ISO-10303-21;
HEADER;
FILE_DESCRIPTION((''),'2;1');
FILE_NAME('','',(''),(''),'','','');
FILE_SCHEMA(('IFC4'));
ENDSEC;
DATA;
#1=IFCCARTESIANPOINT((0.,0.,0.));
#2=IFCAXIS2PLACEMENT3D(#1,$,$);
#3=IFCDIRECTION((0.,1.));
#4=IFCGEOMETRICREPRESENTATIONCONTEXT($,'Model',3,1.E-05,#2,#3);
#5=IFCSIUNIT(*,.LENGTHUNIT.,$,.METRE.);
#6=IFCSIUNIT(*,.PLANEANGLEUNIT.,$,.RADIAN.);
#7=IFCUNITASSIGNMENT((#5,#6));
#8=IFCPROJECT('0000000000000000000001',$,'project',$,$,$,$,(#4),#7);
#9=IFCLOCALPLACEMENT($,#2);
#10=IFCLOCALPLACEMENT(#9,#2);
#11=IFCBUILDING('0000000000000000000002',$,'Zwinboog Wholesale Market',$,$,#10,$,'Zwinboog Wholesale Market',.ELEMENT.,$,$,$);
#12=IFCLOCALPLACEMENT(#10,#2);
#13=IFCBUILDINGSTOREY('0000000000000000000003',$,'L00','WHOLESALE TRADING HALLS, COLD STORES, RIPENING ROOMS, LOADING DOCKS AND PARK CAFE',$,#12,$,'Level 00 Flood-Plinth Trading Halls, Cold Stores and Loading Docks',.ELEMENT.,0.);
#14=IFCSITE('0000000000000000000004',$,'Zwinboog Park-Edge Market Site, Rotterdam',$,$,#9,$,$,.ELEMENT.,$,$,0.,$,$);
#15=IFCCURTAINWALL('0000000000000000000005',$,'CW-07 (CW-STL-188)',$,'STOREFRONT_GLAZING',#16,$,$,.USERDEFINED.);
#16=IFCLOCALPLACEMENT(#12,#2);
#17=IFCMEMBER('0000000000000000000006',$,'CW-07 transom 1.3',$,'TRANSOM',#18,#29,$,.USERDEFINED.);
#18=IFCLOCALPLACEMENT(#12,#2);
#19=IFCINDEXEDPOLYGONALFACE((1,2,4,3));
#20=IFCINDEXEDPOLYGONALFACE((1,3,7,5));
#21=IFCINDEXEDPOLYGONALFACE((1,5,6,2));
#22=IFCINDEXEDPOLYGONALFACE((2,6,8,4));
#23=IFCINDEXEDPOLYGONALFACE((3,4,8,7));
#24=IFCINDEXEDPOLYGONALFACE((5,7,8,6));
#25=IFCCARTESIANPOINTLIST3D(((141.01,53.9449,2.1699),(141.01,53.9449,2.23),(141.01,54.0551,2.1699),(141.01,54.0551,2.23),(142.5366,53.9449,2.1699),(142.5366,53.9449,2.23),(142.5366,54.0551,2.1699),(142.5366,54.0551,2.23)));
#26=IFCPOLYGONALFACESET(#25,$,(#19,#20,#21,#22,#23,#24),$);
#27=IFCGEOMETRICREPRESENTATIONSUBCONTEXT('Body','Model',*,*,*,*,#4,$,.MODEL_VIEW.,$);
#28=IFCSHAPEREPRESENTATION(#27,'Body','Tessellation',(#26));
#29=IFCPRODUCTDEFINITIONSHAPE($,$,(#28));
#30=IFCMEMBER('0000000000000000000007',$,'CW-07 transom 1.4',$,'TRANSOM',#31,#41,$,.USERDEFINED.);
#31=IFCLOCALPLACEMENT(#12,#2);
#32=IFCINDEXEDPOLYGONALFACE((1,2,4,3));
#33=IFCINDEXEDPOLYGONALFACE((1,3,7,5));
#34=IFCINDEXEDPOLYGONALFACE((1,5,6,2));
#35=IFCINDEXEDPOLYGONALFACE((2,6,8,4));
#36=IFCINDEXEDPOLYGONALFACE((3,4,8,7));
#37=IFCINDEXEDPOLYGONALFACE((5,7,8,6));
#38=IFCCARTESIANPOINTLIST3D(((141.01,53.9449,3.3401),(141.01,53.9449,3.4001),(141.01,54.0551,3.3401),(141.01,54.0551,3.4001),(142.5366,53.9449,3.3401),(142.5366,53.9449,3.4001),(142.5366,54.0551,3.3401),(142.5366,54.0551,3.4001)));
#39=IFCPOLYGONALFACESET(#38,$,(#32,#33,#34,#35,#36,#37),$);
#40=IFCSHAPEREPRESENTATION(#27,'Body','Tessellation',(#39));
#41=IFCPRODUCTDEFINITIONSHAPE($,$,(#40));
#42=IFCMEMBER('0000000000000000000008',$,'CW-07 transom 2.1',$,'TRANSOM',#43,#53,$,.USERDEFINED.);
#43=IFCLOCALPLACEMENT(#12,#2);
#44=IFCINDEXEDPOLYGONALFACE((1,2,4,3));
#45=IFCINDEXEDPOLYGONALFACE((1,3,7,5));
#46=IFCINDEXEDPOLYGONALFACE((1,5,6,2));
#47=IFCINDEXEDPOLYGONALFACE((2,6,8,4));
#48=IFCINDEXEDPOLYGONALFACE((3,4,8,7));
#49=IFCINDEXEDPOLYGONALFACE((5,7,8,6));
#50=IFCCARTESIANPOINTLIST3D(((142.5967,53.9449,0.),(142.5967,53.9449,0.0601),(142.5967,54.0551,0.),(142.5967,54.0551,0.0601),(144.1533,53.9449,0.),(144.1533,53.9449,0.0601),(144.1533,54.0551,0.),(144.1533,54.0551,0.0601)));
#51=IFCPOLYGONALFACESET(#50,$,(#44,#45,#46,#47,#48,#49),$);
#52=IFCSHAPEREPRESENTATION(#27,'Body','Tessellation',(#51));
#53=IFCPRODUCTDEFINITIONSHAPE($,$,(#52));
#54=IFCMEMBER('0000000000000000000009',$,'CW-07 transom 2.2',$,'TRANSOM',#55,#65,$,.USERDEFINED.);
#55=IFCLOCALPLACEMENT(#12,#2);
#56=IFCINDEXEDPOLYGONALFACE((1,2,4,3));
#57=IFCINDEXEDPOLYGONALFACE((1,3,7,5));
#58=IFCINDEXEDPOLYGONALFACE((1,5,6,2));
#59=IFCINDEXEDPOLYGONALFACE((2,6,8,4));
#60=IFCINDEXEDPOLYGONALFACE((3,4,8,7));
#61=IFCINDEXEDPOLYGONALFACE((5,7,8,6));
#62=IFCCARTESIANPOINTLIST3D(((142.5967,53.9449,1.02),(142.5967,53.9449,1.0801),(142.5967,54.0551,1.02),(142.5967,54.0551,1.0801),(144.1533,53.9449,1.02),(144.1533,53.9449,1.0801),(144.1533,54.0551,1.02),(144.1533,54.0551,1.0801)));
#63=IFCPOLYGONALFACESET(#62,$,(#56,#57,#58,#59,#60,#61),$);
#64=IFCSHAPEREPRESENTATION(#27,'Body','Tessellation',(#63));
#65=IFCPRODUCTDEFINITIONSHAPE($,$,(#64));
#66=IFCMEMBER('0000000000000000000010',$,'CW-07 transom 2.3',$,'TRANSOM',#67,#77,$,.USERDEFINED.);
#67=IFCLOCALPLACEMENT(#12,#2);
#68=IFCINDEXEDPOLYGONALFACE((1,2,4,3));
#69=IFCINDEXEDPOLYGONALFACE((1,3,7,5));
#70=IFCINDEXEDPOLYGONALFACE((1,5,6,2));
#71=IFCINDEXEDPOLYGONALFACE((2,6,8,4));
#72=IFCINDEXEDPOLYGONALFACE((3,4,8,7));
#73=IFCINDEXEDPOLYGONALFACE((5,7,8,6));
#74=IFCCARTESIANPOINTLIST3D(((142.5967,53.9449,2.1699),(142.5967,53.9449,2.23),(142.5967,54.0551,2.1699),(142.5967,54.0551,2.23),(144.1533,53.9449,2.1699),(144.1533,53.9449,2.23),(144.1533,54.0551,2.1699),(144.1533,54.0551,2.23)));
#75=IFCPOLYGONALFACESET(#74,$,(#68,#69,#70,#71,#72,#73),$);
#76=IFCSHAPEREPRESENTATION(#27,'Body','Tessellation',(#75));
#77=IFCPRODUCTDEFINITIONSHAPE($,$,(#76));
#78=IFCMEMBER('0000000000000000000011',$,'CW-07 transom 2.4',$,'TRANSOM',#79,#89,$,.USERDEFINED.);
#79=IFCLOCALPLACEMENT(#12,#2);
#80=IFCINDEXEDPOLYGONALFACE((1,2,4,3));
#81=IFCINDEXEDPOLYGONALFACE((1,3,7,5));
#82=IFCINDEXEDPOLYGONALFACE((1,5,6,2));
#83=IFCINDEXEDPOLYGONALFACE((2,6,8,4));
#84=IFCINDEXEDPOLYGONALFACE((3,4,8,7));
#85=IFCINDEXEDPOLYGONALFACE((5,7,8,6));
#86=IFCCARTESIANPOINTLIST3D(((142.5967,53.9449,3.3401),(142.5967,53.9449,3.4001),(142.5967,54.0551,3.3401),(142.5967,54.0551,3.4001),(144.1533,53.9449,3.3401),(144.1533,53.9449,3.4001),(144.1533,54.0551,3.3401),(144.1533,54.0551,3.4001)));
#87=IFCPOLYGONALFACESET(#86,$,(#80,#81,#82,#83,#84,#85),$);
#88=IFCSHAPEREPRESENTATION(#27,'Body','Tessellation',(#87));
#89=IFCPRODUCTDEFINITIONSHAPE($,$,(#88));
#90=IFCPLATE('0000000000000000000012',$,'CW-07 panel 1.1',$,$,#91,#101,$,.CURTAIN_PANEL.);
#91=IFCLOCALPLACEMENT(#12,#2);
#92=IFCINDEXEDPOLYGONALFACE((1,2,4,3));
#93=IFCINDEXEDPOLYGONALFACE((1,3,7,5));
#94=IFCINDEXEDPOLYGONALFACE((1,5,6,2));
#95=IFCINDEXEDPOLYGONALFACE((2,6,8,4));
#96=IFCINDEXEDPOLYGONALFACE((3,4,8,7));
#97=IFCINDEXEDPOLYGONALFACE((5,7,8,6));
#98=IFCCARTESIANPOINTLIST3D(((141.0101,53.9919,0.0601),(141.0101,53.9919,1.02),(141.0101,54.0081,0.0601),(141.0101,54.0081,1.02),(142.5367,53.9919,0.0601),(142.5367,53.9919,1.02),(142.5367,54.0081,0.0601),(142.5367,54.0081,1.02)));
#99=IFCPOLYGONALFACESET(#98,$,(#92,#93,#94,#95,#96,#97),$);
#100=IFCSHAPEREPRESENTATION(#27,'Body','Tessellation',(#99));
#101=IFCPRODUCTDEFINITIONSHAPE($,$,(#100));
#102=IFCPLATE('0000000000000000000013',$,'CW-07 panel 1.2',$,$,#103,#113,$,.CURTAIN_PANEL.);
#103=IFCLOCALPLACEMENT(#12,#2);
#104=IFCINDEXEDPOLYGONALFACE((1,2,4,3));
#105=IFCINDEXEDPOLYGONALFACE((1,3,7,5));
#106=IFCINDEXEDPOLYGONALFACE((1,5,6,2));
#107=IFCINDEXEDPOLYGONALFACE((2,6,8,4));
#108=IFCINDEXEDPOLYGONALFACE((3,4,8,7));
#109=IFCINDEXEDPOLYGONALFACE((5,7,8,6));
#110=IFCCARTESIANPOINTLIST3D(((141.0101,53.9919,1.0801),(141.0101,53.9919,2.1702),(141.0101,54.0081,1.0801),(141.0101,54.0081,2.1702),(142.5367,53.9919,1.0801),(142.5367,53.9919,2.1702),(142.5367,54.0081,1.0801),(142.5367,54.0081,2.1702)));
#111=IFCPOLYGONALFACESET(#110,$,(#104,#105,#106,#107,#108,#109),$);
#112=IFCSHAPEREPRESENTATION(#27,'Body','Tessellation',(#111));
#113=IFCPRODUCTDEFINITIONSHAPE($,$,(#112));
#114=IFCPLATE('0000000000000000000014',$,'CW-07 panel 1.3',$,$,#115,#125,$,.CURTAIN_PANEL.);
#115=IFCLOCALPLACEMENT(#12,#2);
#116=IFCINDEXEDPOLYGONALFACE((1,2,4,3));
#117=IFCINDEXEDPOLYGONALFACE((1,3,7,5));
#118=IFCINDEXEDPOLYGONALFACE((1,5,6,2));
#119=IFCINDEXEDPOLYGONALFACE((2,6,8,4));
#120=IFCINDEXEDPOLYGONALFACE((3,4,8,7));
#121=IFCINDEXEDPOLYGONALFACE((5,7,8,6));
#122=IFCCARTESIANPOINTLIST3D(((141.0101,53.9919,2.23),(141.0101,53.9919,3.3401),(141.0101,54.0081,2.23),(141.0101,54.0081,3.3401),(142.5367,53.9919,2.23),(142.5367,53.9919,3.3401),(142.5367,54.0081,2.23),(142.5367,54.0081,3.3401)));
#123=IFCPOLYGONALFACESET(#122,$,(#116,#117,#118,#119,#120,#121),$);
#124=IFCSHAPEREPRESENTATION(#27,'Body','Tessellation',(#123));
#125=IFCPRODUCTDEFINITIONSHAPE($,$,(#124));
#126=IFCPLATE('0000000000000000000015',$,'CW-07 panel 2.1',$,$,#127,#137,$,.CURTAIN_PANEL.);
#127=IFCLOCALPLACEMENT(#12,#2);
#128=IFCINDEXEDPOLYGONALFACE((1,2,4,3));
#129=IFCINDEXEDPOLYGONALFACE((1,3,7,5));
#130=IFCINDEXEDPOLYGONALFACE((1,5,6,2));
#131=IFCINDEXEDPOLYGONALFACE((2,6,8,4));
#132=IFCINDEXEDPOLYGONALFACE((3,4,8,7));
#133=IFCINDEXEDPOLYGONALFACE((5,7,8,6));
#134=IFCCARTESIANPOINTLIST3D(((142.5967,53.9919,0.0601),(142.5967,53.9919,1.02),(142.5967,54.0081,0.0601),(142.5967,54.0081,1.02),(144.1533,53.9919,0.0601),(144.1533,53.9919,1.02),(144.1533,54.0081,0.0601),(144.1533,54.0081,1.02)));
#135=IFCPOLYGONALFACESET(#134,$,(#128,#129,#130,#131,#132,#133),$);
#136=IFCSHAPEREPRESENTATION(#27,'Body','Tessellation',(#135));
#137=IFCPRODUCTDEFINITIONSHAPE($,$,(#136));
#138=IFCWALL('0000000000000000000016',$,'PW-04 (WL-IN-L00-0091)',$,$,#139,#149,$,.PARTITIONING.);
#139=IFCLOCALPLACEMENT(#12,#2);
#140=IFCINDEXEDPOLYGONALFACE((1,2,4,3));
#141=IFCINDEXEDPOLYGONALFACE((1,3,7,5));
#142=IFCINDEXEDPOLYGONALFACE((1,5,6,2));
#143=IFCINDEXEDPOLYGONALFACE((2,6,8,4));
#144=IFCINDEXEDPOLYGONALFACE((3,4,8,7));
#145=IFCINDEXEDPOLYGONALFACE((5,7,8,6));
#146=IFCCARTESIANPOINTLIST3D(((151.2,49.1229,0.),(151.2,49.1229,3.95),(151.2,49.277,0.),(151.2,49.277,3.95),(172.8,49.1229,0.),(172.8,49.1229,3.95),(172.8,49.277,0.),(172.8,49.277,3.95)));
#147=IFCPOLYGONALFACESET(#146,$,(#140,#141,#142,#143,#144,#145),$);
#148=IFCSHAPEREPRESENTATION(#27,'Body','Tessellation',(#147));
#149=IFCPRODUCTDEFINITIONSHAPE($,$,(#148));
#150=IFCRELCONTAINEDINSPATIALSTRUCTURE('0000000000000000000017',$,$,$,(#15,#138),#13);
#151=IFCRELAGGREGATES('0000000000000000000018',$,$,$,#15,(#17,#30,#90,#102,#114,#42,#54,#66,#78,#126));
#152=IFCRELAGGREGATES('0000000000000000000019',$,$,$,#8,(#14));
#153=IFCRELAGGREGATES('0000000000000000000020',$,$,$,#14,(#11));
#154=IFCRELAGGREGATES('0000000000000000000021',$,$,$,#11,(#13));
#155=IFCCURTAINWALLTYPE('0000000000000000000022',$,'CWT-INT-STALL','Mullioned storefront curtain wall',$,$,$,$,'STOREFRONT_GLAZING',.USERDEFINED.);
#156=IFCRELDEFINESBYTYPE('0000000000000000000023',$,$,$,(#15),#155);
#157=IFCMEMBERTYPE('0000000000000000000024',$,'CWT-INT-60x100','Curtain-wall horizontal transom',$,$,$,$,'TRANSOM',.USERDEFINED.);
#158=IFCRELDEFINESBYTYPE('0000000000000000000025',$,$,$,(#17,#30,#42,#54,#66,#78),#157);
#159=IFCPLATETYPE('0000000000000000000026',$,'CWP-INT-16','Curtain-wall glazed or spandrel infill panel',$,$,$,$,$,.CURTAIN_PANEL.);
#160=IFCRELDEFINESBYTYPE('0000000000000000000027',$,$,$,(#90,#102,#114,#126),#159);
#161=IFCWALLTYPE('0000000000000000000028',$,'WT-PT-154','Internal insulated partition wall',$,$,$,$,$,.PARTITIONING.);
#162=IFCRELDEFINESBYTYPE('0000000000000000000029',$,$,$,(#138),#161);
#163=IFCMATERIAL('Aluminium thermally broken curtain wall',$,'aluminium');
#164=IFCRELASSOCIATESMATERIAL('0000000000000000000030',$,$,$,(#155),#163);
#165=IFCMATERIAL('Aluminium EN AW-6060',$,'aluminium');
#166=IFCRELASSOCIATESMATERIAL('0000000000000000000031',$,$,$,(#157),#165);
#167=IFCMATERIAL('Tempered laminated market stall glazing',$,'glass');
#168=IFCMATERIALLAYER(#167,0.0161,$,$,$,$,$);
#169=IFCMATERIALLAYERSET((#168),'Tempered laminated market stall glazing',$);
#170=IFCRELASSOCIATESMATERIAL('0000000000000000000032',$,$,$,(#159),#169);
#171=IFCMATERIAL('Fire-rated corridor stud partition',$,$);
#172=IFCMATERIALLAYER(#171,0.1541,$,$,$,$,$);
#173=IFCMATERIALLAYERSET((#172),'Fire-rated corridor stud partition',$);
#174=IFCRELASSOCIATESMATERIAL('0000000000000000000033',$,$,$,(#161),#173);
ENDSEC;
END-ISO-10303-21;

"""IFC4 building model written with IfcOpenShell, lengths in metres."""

from ifc_helpers import new_model, si_unit, direction, frame, frame_2d, origin, origin_2d, place, context, subcontext, project, spatial, rectangle, extrude, material, layer, layer_set, material_profile, profile_set, type_object, element, aggregate, save


model = new_model("IFC4")

# Units and contexts
model_context = context("Model", 3, precision=1e-05, world=origin(), true_north=direction((0.0, 1.0)))
body_context = subcontext(model_context, "Body", "Model", "MODEL_VIEW")
ifc_project = project(units=[si_unit("LENGTHUNIT", "METRE"), si_unit("PLANEANGLEUNIT", "RADIAN")], contexts=[model_context])

# Site, building, storey
site_placement = place(None, origin())
site = spatial("IfcSite", under=ifc_project, at=site_placement, Name="Zwinboog Park-Edge Market Site, Rotterdam", CompositionType="ELEMENT", RefElevation=0.0)
building_placement = place(site_placement, origin())
building = spatial("IfcBuilding", under=site, at=building_placement, Name="Zwinboog Wholesale Market", LongName="Zwinboog Wholesale Market", CompositionType="ELEMENT")
storey_placement = place(building_placement, origin())
storey = spatial("IfcBuildingStorey", under=building, at=storey_placement, Name="L00", Description="WHOLESALE TRADING HALLS, COLD STORES, RIPENING ROOMS, LOADING DOCKS AND PARK CAFE", LongName="Level 00 Flood-Plinth Trading Halls, Cold Stores and Loading Docks", CompositionType="ELEMENT", Elevation=0.0)

# Curtain wall, members, plates
ifc_material_1 = material(Name="Aluminium thermally broken curtain wall", Category="aluminium")
curtain_wall_type = type_object("IfcCurtainWallType", Name="CWT-INT-STALL", Description="Mullioned storefront curtain wall", ElementType="STOREFRONT_GLAZING", PredefinedType="USERDEFINED", material=ifc_material_1)
curtain_wall_placement = place(storey_placement, origin())
curtain_wall = element("IfcCurtainWall", 1, at=curtain_wall_placement, inside=storey, type_object=curtain_wall_type, Name="CW-07 (CW-STL-188)", ObjectType="STOREFRONT_GLAZING", PredefinedType="USERDEFINED")
ifc_material_2 = material(Name="Aluminium EN AW-6060", Category="aluminium")
ifc_material_profile_1 = material_profile(ifc_material_2, rectangle(XDim=0.1101, YDim=0.0601, at=origin_2d()), Name="AL 60x110")
ifc_profile_set_1 = profile_set([ifc_material_profile_1], Name="Aluminium EN AW-6060")
member_type_1 = type_object("IfcMemberType", Name="CWT-INT-60x100", Description="Curtain-wall horizontal transom", ElementType="TRANSOM", PredefinedType="USERDEFINED", material=ifc_profile_set_1)
member_1_placement = place(storey_placement, frame((141.01, 54.0, 2.2), z_axis=(1.0, 0.0, 0.0), x_axis=(0.0, 1.0, 0.0)))
member_1 = element("IfcMember", 2, at=member_1_placement, type_object=member_type_1, Name="CW-07 transom 1.3", ObjectType="TRANSOM", PredefinedType="USERDEFINED", context=body_context, shape_type="SweptSolid", body=[
    extrude(rectangle(XDim=0.1101, YDim=0.0601, at=origin_2d()), origin(), (0.0, 0.0, 1.0), 1.5266),
])
member_2_placement = place(storey_placement, frame((141.01, 54.0, 3.3701), z_axis=(1.0, 0.0, 0.0), x_axis=(0.0, 1.0, 0.0)))
member_2 = element("IfcMember", 3, at=member_2_placement, type_object=member_type_1, Name="CW-07 transom 1.4", ObjectType="TRANSOM", PredefinedType="USERDEFINED", context=body_context, shape_type="SweptSolid", body=[
    extrude(rectangle(XDim=0.1101, YDim=0.0601, at=origin_2d()), origin(), (0.0, 0.0, 1.0), 1.5266),
])
member_3_placement = place(storey_placement, frame((142.5967, 54.0, 0.03), z_axis=(1.0, 0.0, 0.0), x_axis=(0.0, 1.0, 0.0)))
member_3 = element("IfcMember", 4, at=member_3_placement, type_object=member_type_1, Name="CW-07 transom 2.1", ObjectType="TRANSOM", PredefinedType="USERDEFINED", context=body_context, shape_type="SweptSolid", body=[
    extrude(rectangle(XDim=0.1101, YDim=0.0601, at=origin_2d()), origin(), (0.0, 0.0, 1.0), 1.5566),
])
member_4_placement = place(storey_placement, frame((142.5967, 54.0, 1.05), z_axis=(1.0, 0.0, 0.0), x_axis=(0.0, 1.0, 0.0)))
member_4 = element("IfcMember", 5, at=member_4_placement, type_object=member_type_1, Name="CW-07 transom 2.2", ObjectType="TRANSOM", PredefinedType="USERDEFINED", context=body_context, shape_type="SweptSolid", body=[
    extrude(rectangle(XDim=0.1101, YDim=0.0601, at=origin_2d()), origin(), (0.0, 0.0, 1.0), 1.5566),
])
member_5_placement = place(storey_placement, frame((142.5967, 54.0, 2.2), z_axis=(1.0, 0.0, 0.0), x_axis=(0.0, 1.0, 0.0)))
member_5 = element("IfcMember", 6, at=member_5_placement, type_object=member_type_1, Name="CW-07 transom 2.3", ObjectType="TRANSOM", PredefinedType="USERDEFINED", context=body_context, shape_type="SweptSolid", body=[
    extrude(rectangle(XDim=0.1101, YDim=0.0601, at=origin_2d()), origin(), (0.0, 0.0, 1.0), 1.5566),
])
member_6_placement = place(storey_placement, frame((142.5967, 54.0, 3.3701), z_axis=(1.0, 0.0, 0.0), x_axis=(0.0, 1.0, 0.0)))
member_6 = element("IfcMember", 7, at=member_6_placement, type_object=member_type_1, Name="CW-07 transom 2.4", ObjectType="TRANSOM", PredefinedType="USERDEFINED", context=body_context, shape_type="SweptSolid", body=[
    extrude(rectangle(XDim=0.1101, YDim=0.0601, at=origin_2d()), origin(), (0.0, 0.0, 1.0), 1.5566),
])
ifc_material_3 = material(Name="Tempered laminated market stall glazing", Category="glass")
ifc_layer_1 = layer(ifc_material_3, 0.0161)
ifc_layer_set_1 = layer_set([ifc_layer_1], Name="Tempered laminated market stall glazing")
plate_type = type_object("IfcPlateType", Name="CWP-INT-16", Description="Curtain-wall glazed or spandrel infill panel", PredefinedType="CURTAIN_PANEL", material=ifc_layer_set_1)
plate_1_placement = place(storey_placement, frame((141.7734, 54.0, 0.0601), z_axis=(0.0, 0.0, 1.0), x_axis=(1.0, 0.0, 0.0)))
plate_1 = element("IfcPlate", 8, at=plate_1_placement, type_object=plate_type, Name="CW-07 panel 1.1", PredefinedType="CURTAIN_PANEL", context=body_context, shape_type="SweptSolid", body=[
    extrude(rectangle(XDim=1.5266, YDim=0.0161, at=origin_2d()), origin(), (0.0, 0.0, 1.0), 0.96),
])
plate_2_placement = place(storey_placement, frame((141.7734, 54.0, 1.0801), z_axis=(0.0, 0.0, 1.0), x_axis=(1.0, 0.0, 0.0)))
plate_2 = element("IfcPlate", 9, at=plate_2_placement, type_object=plate_type, Name="CW-07 panel 1.2", PredefinedType="CURTAIN_PANEL", context=body_context, shape_type="SweptSolid", body=[
    extrude(rectangle(XDim=1.5266, YDim=0.0161, at=origin_2d()), origin(), (0.0, 0.0, 1.0), 1.0901),
])
plate_3_placement = place(storey_placement, frame((141.7734, 54.0, 2.23), z_axis=(0.0, 0.0, 1.0), x_axis=(1.0, 0.0, 0.0)))
plate_3 = element("IfcPlate", 10, at=plate_3_placement, type_object=plate_type, Name="CW-07 panel 1.3", PredefinedType="CURTAIN_PANEL", context=body_context, shape_type="SweptSolid", body=[
    extrude(rectangle(XDim=1.5266, YDim=0.0161, at=origin_2d()), origin(), (0.0, 0.0, 1.0), 1.1101),
])
plate_4_placement = place(storey_placement, frame((143.375, 54.0, 0.0601), z_axis=(0.0, 0.0, 1.0), x_axis=(1.0, 0.0, 0.0)))
plate_4 = element("IfcPlate", 11, at=plate_4_placement, type_object=plate_type, Name="CW-07 panel 2.1", PredefinedType="CURTAIN_PANEL", context=body_context, shape_type="SweptSolid", body=[
    extrude(rectangle(XDim=1.5566, YDim=0.0161, at=origin_2d()), origin(), (0.0, 0.0, 1.0), 0.96),
])
aggregate(curtain_wall, [member_1, member_2, plate_1, plate_2, plate_3, member_3, member_4, member_5, member_6, plate_4])

# Wall
ifc_material_4 = material(Name="Fire-rated corridor stud partition")
ifc_layer_2 = layer(ifc_material_4, 0.1541)
ifc_layer_set_2 = layer_set([ifc_layer_2], Name="Fire-rated corridor stud partition")
wall_type = type_object("IfcWallType", Name="WT-PT-154", Description="Internal insulated partition wall", PredefinedType="PARTITIONING", material=ifc_layer_set_2)
wall_placement = place(storey_placement, frame((151.2, 49.2, 0.0), z_axis=(0.0, 0.0, 1.0), x_axis=(1.0, 0.0, 0.0)))
element("IfcWall", 12, at=wall_placement, inside=storey, type_object=wall_type, Name="PW-04 (WL-IN-L00-0091)", PredefinedType="PARTITIONING", context=body_context, shape_type="SweptSolid", body=[
    extrude(rectangle(XDim=21.6001, YDim=0.1541, at=frame_2d((10.8, 0.0))), origin(), (0.0, 0.0, 1.0), 3.95),
])

save(model, "model.ifc")
